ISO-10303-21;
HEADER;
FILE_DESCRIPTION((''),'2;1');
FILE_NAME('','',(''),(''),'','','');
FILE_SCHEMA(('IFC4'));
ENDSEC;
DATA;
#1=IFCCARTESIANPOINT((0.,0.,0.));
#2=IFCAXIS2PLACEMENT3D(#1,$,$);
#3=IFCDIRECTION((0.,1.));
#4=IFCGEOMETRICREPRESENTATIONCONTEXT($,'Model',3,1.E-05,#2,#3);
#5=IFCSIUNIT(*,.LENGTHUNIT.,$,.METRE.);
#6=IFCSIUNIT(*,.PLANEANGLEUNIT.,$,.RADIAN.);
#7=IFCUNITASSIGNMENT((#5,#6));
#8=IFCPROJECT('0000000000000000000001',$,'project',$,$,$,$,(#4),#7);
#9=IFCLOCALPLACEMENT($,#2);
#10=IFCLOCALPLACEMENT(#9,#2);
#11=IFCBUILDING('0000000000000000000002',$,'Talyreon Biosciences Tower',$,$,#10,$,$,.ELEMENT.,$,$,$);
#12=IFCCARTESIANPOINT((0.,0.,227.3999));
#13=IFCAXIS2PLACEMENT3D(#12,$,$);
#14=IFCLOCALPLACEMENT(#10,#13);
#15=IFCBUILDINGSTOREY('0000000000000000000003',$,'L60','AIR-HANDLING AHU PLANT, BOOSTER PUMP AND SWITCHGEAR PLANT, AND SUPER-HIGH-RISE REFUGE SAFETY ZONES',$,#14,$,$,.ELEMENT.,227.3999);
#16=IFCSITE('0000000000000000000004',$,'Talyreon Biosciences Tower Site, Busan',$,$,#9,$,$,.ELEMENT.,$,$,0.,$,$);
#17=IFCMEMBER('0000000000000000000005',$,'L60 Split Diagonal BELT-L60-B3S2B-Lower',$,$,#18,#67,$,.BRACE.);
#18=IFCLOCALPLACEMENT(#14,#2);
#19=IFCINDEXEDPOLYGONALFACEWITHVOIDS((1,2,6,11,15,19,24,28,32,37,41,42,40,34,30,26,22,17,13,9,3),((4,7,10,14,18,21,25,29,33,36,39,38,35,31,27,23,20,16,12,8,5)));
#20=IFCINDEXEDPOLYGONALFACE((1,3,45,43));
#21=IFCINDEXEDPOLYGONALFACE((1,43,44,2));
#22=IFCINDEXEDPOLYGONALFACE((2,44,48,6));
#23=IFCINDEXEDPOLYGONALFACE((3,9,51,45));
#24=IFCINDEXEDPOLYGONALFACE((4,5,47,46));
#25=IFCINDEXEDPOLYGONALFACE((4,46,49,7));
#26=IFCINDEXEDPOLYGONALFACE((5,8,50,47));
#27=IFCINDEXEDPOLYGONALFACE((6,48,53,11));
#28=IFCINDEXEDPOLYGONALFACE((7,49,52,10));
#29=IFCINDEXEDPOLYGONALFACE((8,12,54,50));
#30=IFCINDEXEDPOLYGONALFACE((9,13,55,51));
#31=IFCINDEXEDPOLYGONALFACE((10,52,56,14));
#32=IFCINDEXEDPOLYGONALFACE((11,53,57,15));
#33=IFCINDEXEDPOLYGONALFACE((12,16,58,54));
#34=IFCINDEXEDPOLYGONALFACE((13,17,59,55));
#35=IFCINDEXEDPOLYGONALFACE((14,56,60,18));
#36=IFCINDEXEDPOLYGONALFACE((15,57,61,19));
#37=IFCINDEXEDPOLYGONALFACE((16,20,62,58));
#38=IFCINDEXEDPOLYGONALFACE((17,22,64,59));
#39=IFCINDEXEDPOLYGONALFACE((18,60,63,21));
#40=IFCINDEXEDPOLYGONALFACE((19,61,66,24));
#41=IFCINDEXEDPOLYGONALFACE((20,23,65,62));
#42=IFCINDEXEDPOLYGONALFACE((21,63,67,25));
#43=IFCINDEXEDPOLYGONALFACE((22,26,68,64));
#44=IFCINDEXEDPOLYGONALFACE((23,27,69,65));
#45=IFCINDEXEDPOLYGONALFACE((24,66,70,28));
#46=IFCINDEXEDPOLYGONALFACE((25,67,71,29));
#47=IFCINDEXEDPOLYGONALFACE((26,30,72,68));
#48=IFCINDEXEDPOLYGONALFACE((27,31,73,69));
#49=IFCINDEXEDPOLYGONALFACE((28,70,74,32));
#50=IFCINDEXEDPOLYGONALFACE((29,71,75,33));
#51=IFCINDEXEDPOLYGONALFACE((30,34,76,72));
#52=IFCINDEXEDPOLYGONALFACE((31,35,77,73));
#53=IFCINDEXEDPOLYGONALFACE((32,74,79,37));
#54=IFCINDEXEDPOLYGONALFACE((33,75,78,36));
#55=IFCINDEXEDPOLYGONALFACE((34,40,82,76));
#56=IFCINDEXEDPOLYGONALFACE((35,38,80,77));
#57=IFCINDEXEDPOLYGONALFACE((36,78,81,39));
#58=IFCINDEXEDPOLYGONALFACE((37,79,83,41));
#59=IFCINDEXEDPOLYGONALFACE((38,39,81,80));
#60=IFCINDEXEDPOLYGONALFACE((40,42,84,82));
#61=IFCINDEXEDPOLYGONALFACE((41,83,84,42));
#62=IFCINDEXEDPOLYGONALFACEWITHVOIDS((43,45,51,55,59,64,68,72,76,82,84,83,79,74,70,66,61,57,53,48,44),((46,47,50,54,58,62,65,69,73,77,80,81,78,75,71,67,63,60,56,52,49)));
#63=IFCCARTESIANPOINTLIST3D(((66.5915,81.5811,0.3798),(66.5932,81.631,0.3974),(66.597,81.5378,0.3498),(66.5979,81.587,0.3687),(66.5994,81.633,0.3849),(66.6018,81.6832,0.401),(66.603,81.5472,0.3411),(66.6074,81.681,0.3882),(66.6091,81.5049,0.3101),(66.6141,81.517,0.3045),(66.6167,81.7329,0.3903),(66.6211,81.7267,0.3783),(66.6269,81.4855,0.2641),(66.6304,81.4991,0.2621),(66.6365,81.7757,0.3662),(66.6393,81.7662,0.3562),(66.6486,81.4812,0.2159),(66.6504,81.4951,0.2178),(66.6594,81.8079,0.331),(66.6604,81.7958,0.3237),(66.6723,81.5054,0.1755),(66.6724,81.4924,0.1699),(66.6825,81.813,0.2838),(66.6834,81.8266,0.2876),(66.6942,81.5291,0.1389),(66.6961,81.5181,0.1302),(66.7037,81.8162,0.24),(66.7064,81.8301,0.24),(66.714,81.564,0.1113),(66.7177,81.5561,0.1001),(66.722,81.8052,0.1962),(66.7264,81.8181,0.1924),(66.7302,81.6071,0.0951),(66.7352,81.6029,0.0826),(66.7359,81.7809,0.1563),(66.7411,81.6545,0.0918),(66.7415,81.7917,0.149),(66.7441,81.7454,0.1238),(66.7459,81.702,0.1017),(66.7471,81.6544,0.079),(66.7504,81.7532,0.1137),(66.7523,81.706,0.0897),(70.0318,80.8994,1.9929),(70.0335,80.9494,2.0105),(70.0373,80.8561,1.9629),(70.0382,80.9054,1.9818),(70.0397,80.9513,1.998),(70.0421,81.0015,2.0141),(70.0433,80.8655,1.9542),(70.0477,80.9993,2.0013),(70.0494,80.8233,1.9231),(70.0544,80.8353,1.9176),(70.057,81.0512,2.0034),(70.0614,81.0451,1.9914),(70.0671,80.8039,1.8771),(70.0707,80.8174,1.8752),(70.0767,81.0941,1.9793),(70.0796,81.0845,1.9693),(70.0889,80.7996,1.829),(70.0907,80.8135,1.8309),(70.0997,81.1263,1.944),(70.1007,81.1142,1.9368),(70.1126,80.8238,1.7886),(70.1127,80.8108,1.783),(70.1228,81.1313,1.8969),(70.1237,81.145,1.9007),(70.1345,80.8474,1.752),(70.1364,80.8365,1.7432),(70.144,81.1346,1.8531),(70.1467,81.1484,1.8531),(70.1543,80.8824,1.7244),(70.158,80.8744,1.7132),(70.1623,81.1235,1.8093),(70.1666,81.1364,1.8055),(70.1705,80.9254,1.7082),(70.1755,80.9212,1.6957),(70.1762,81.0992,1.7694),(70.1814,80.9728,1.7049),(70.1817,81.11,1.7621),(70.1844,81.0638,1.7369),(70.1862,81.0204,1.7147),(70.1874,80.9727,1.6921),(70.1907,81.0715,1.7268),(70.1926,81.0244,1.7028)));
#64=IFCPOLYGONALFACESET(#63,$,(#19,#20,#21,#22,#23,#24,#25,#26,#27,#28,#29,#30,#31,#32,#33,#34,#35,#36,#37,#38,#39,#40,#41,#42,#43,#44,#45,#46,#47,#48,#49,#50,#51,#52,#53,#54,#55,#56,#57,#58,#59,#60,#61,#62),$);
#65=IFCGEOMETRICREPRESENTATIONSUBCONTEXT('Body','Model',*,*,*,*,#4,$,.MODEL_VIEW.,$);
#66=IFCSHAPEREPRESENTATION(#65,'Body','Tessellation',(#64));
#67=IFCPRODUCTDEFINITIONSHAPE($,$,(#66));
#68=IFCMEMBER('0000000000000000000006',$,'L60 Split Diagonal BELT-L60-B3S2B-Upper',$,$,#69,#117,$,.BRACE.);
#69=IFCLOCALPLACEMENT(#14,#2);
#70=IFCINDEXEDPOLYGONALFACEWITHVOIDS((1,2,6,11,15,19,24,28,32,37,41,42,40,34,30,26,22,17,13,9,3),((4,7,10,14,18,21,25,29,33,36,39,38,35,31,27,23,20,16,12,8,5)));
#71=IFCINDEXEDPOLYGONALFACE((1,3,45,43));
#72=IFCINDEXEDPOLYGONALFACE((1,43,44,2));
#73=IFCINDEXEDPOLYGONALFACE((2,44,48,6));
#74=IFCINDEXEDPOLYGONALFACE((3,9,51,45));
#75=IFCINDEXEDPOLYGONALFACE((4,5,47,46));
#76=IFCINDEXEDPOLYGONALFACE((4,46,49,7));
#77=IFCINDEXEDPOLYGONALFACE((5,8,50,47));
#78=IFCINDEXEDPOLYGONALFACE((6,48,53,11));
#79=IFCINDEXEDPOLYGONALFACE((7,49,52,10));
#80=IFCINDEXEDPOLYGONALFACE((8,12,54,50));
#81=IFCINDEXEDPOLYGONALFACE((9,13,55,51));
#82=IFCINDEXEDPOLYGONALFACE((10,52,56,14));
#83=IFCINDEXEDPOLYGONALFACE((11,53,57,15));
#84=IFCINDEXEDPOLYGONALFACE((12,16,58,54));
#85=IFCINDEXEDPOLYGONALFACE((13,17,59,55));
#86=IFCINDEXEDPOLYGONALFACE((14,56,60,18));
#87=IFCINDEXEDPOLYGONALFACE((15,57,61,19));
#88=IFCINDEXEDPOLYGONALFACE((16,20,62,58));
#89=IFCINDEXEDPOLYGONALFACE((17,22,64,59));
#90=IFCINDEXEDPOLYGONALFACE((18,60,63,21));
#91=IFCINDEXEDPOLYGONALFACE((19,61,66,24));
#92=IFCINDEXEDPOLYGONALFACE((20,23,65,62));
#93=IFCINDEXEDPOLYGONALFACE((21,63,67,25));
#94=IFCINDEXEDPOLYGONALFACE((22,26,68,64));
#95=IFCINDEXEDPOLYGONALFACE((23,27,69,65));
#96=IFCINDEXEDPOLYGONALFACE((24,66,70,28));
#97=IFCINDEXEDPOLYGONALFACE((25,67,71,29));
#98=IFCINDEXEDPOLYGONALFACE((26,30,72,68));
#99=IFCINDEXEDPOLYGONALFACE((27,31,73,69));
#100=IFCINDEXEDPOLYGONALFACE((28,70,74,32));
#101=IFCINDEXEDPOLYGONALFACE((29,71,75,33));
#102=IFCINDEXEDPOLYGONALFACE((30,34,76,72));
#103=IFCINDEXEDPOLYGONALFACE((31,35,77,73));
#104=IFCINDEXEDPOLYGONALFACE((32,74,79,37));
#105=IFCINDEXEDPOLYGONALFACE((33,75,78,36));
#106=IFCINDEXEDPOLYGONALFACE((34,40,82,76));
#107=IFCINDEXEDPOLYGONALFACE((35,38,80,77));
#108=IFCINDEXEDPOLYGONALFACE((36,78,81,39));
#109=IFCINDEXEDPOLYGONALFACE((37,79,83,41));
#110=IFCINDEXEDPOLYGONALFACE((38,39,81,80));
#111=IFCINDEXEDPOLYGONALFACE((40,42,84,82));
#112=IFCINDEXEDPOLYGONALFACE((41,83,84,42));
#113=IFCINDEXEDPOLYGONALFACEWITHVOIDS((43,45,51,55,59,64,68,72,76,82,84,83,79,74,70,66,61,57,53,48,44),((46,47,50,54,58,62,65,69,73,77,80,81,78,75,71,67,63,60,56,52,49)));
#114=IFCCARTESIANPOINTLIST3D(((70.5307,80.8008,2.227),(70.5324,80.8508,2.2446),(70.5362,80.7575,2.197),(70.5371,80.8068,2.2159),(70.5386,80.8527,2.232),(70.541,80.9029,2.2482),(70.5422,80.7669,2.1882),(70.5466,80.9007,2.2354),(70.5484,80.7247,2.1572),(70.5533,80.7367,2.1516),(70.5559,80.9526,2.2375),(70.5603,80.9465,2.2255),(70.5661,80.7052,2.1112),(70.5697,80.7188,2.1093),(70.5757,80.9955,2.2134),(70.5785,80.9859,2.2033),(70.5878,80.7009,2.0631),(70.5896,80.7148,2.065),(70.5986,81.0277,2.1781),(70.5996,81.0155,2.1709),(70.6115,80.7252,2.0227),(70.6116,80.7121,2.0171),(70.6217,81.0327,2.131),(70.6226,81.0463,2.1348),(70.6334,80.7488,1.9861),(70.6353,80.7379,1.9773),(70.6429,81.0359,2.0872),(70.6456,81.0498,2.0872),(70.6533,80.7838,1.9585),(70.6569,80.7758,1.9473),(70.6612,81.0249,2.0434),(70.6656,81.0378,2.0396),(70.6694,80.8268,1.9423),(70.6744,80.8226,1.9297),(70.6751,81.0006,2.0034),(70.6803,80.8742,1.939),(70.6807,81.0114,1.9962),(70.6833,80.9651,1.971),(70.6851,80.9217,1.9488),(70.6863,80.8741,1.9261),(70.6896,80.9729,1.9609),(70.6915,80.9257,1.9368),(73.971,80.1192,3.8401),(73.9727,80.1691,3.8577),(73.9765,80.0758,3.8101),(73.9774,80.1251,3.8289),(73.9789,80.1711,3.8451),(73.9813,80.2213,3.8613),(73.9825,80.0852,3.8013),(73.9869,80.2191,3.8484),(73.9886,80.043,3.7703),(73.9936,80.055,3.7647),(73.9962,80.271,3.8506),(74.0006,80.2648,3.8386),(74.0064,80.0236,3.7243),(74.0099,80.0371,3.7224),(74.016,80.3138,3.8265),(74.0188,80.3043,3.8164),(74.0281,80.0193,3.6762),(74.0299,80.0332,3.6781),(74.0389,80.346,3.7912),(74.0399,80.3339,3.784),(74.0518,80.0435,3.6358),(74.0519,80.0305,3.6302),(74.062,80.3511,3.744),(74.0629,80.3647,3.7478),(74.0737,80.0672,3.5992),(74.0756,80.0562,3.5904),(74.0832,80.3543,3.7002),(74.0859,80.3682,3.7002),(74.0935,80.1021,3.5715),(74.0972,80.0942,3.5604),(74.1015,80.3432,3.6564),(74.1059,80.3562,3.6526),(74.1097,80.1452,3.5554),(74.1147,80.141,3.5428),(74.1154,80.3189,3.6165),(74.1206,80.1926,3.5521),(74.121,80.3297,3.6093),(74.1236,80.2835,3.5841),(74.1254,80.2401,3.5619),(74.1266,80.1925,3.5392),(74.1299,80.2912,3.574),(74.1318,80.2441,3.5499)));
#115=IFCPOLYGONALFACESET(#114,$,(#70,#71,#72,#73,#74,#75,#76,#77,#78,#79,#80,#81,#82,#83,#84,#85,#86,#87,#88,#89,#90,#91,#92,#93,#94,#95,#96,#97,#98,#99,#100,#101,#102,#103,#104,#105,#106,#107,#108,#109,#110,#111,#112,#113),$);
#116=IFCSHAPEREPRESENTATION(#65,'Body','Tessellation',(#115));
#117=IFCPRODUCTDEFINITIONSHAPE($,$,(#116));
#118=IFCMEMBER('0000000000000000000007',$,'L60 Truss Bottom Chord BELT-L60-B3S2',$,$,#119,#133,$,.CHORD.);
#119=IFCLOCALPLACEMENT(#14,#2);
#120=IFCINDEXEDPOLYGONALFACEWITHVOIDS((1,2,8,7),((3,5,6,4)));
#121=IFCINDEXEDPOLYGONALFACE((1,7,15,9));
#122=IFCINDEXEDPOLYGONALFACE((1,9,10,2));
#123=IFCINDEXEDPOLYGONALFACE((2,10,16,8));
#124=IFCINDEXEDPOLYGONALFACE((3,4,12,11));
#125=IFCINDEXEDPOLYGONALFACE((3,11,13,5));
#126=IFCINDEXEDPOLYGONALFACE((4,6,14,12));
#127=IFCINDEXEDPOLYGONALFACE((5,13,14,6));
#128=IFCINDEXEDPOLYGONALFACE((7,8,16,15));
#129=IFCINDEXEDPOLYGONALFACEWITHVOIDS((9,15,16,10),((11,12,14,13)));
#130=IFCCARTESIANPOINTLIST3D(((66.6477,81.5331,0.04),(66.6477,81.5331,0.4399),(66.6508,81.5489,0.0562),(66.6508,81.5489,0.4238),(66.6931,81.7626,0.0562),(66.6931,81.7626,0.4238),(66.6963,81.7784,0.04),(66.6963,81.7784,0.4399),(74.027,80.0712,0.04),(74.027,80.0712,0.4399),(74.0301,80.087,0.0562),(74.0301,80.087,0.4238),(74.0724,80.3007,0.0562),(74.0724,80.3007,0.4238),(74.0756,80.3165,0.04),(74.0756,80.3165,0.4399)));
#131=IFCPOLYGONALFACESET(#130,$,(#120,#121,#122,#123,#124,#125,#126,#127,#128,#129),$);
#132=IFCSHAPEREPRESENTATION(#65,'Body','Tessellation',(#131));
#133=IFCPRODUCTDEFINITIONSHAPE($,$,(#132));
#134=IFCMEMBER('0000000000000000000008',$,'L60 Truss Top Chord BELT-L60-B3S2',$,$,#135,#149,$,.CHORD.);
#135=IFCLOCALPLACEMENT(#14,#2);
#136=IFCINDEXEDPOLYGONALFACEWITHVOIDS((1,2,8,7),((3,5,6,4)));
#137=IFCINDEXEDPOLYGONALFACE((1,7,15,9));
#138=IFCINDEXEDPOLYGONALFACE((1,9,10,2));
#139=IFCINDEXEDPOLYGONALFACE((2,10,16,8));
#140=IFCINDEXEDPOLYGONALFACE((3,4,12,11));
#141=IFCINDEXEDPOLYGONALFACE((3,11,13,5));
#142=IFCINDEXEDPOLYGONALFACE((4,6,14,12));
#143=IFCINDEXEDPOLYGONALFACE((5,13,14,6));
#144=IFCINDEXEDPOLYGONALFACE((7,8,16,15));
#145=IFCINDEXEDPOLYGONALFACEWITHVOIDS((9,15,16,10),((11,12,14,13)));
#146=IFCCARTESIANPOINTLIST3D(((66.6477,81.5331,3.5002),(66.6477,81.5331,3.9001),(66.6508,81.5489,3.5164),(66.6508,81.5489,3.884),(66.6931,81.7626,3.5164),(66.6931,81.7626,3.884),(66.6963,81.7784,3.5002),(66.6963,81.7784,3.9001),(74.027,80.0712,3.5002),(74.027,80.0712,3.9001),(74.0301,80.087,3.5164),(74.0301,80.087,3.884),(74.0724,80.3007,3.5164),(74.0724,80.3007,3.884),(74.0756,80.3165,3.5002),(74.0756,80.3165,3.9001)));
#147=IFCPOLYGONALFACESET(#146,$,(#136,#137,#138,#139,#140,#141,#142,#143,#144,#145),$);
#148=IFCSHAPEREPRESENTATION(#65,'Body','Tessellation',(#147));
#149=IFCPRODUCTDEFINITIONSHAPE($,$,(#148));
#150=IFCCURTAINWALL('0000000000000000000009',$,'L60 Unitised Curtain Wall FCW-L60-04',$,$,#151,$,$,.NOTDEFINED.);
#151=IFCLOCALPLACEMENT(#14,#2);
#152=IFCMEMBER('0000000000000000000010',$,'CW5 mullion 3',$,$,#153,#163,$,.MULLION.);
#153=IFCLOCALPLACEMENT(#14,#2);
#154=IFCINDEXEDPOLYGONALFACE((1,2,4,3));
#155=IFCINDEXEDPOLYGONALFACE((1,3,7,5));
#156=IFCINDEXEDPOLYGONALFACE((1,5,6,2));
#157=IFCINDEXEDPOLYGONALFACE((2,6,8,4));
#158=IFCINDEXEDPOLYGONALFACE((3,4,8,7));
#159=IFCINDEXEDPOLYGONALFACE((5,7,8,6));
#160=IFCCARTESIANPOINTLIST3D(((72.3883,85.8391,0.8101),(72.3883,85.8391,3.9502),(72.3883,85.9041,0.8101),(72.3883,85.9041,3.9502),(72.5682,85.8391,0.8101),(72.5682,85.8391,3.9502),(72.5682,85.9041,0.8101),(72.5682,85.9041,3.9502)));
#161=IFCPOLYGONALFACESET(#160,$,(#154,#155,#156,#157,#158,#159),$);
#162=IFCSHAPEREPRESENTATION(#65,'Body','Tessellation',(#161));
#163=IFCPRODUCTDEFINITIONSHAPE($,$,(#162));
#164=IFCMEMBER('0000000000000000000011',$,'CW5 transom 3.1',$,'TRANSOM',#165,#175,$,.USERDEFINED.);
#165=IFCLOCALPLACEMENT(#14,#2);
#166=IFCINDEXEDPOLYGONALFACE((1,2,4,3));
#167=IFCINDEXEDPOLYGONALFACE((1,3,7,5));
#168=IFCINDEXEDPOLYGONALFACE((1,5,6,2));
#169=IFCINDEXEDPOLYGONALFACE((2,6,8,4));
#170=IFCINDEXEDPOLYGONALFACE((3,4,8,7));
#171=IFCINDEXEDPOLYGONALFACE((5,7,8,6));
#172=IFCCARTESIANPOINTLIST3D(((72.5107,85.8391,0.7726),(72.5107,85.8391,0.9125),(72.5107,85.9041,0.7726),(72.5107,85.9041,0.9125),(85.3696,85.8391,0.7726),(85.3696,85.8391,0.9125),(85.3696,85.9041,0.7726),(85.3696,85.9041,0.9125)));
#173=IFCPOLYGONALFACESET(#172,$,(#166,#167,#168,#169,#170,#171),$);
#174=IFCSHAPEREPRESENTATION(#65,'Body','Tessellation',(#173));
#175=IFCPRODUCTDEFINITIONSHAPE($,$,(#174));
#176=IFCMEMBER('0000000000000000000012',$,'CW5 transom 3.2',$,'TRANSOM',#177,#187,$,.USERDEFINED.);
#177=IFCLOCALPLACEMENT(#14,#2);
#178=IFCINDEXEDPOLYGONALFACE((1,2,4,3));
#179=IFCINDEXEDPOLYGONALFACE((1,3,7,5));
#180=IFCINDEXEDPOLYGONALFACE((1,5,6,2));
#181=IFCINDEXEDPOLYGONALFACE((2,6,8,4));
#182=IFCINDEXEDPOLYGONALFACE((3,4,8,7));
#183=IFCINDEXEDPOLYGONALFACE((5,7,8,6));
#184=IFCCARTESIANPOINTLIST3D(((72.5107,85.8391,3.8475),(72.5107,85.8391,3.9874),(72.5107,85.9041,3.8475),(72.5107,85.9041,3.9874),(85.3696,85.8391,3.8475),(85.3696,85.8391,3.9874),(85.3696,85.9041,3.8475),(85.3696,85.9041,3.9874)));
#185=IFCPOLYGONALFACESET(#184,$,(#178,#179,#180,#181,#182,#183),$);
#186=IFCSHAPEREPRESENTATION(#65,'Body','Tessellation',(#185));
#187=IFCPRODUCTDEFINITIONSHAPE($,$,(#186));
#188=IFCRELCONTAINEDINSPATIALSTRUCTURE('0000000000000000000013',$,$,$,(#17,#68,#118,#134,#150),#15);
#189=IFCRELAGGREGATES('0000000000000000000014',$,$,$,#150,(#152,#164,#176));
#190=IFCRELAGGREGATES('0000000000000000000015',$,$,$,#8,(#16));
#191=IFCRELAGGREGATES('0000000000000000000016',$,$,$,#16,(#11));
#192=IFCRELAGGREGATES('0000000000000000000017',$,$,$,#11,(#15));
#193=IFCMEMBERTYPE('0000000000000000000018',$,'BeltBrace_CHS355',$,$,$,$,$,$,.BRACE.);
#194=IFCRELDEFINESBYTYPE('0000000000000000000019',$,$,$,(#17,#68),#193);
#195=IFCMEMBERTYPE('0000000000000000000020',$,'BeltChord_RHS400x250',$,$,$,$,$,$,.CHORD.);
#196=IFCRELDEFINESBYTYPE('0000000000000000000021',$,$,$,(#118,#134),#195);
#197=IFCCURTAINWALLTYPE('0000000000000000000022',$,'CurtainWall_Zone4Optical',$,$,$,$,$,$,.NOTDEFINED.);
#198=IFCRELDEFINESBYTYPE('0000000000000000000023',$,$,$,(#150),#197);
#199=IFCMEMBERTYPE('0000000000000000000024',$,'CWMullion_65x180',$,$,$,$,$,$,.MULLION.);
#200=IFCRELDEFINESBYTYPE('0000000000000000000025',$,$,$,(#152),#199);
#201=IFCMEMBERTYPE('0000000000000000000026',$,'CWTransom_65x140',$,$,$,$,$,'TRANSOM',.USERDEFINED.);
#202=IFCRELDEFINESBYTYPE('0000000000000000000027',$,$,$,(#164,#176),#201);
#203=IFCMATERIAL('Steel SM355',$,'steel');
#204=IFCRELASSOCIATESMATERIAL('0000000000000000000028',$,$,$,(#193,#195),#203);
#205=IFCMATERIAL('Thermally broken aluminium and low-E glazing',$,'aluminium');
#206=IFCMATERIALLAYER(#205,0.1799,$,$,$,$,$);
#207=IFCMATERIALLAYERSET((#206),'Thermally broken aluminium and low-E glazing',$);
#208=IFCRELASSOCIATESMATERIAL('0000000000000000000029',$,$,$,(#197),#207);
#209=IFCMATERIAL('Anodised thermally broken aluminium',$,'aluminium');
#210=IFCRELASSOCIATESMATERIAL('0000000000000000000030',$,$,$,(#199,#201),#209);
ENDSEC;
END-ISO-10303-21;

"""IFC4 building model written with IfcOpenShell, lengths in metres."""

from ifc_helpers import new_model, si_unit, direction, frame, origin, origin_2d, place, context, subcontext, project, spatial, rectangle, hollow_rectangle, hollow_circle, extrude, material, layer, layer_set, material_profile, profile_set, type_object, element, aggregate, save


model = new_model("IFC4")

# Units and contexts
model_context = context("Model", 3, precision=1e-05, world=origin(), true_north=direction((0.0, 1.0)))
body_context = subcontext(model_context, "Body", "Model", "MODEL_VIEW")
ifc_project = project(units=[si_unit("LENGTHUNIT", "METRE"), si_unit("PLANEANGLEUNIT", "RADIAN")], contexts=[model_context])

# Site, building, storey
site_placement = place(None, origin())
site = spatial("IfcSite", under=ifc_project, at=site_placement, Name="Talyreon Biosciences Tower Site, Busan", CompositionType="ELEMENT", RefElevation=0.0)
building_placement = place(site_placement, origin())
building = spatial("IfcBuilding", under=site, at=building_placement, Name="Talyreon Biosciences Tower", CompositionType="ELEMENT")
storey_placement = place(building_placement, frame((0.0, 0.0, 227.3999)))
storey = spatial("IfcBuildingStorey", under=building, at=storey_placement, Name="L60", Description="AIR-HANDLING AHU PLANT, BOOSTER PUMP AND SWITCHGEAR PLANT, AND SUPER-HIGH-RISE REFUGE SAFETY ZONES", CompositionType="ELEMENT", Elevation=227.3999)

# Members
ifc_material_1 = material(Name="Steel SM355", Category="steel")
ifc_material_profile_1 = material_profile(ifc_material_1, hollow_circle(Radius=0.1777, WallThickness=0.0142, at=origin_2d()), Name="CHS 355.6x14.2")
ifc_profile_set_1 = profile_set([ifc_material_profile_1], Name="Steel SM355")
member_type_1 = type_object("IfcMemberType", Name="BeltBrace_CHS355", PredefinedType="BRACE", material=ifc_profile_set_1)
for number, where, z_axis, x_axis, name in (
    (1, (66.6719, 81.6558, 0.24), (0.891186, -0.17658, 0.41786), (0.194362, 0.98093, 0.0), "L60 Split Diagonal BELT-L60-B3S2B-Lower"),
    (2, (70.6111, 80.8755, 2.0872), (0.891186, -0.17658, 0.41786), (0.194362, 0.98093, 0.0), "L60 Split Diagonal BELT-L60-B3S2B-Upper"),
):
    element("IfcMember", number, at=place(storey_placement, frame(where, z_axis=z_axis, x_axis=x_axis)), inside=storey, type_object=member_type_1, Name=name, PredefinedType="BRACE", context=body_context, shape_type="SweptSolid", body=[
        extrude(hollow_circle(Radius=0.1777, WallThickness=0.0142, at=origin_2d()), origin(), (0.0, 0.0, 1.0), 3.8604),
    ])
ifc_material_profile_2 = material_profile(ifc_material_1, hollow_rectangle(XDim=0.25, YDim=0.3999, WallThickness=0.0161, at=origin_2d()), Name="RHS 400x250x16")
ifc_profile_set_2 = profile_set([ifc_material_profile_2], Name="Steel SM355")
member_type_2 = type_object("IfcMemberType", Name="BeltChord_RHS400x250", PredefinedType="CHORD", material=ifc_profile_set_2)
for number, where, z_axis, x_axis, name in (
    (3, (74.0513, 80.1938, 0.24), (-0.980936, 0.194331, 0.0), (-0.194331, -0.980936, 0.0), "L60 Truss Bottom Chord BELT-L60-B3S2"),
    (4, (74.0513, 80.1938, 3.7002), (-0.980936, 0.194331, 0.0), (-0.194331, -0.980936, 0.0), "L60 Truss Top Chord BELT-L60-B3S2"),
):
    element("IfcMember", number, at=place(storey_placement, frame(where, z_axis=z_axis, x_axis=x_axis)), inside=storey, type_object=member_type_2, Name=name, PredefinedType="CHORD", context=body_context, shape_type="SweptSolid", body=[
        extrude(hollow_rectangle(XDim=0.25, YDim=0.3999, WallThickness=0.0161, at=origin_2d()), origin(), (0.0, 0.0, 1.0), 7.5227),
    ])

# Curtain wall, members
ifc_material_2 = material(Name="Thermally broken aluminium and low-E glazing", Category="aluminium")
ifc_layer_1 = layer(ifc_material_2, 0.1799)
ifc_layer_set_1 = layer_set([ifc_layer_1], Name="Thermally broken aluminium and low-E glazing")
curtain_wall_type = type_object("IfcCurtainWallType", Name="CurtainWall_Zone4Optical", PredefinedType="NOTDEFINED", material=ifc_layer_set_1)
curtain_wall_placement = place(storey_placement, origin())
curtain_wall = element("IfcCurtainWall", 5, at=curtain_wall_placement, inside=storey, type_object=curtain_wall_type, Name="L60 Unitised Curtain Wall FCW-L60-04", PredefinedType="NOTDEFINED")
ifc_material_3 = material(Name="Anodised thermally broken aluminium", Category="aluminium")
ifc_material_profile_3 = material_profile(ifc_material_3, rectangle(XDim=0.0649, YDim=0.1799, at=origin_2d()), Name="ALUM MULLION 65x180")
ifc_profile_set_3 = profile_set([ifc_material_profile_3], Name="Anodised thermally broken aluminium")
member_type_3 = type_object("IfcMemberType", Name="CWMullion_65x180", PredefinedType="MULLION", material=ifc_profile_set_3)
member_1_placement = place(storey_placement, frame((72.4783, 85.8716, 0.8101), z_axis=(0.0, 0.0, 1.0), x_axis=(0.0, 1.0, 0.0)))
member_1 = element("IfcMember", 6, at=member_1_placement, type_object=member_type_3, Name="CW5 mullion 3", PredefinedType="MULLION", context=body_context, shape_type="SweptSolid", body=[
    extrude(rectangle(XDim=0.0649, YDim=0.1799, at=origin_2d()), origin(), (0.0, 0.0, 1.0), 3.1401),
])
ifc_material_profile_4 = material_profile(ifc_material_3, rectangle(XDim=0.0649, YDim=0.1399, at=origin_2d()), Name="ALUM TRANSOM 65x140")
ifc_profile_set_4 = profile_set([ifc_material_profile_4], Name="Anodised thermally broken aluminium")
member_type_4 = type_object("IfcMemberType", Name="CWTransom_65x140", ElementType="TRANSOM", PredefinedType="USERDEFINED", material=ifc_profile_set_4)
member_2_placement = place(storey_placement, frame((72.5107, 85.8716, 0.8425), z_axis=(1.0, 0.0, 0.0), x_axis=(0.0, 1.0, 0.0)))
member_2 = element("IfcMember", 7, at=member_2_placement, type_object=member_type_4, Name="CW5 transom 3.1", ObjectType="TRANSOM", PredefinedType="USERDEFINED", context=body_context, shape_type="SweptSolid", body=[
    extrude(rectangle(XDim=0.0649, YDim=0.1399, at=origin_2d()), origin(), (0.0, 0.0, 1.0), 12.8589),
])
member_3_placement = place(storey_placement, frame((72.5107, 85.8716, 3.9175), z_axis=(1.0, 0.0, 0.0), x_axis=(0.0, 1.0, 0.0)))
member_3 = element("IfcMember", 8, at=member_3_placement, type_object=member_type_4, Name="CW5 transom 3.2", ObjectType="TRANSOM", PredefinedType="USERDEFINED", context=body_context, shape_type="SweptSolid", body=[
    extrude(rectangle(XDim=0.0649, YDim=0.1399, at=origin_2d()), origin(), (0.0, 0.0, 1.0), 12.8589),
])

aggregate(curtain_wall, [member_1, member_2, member_3])

save(model, "model.ifc")
